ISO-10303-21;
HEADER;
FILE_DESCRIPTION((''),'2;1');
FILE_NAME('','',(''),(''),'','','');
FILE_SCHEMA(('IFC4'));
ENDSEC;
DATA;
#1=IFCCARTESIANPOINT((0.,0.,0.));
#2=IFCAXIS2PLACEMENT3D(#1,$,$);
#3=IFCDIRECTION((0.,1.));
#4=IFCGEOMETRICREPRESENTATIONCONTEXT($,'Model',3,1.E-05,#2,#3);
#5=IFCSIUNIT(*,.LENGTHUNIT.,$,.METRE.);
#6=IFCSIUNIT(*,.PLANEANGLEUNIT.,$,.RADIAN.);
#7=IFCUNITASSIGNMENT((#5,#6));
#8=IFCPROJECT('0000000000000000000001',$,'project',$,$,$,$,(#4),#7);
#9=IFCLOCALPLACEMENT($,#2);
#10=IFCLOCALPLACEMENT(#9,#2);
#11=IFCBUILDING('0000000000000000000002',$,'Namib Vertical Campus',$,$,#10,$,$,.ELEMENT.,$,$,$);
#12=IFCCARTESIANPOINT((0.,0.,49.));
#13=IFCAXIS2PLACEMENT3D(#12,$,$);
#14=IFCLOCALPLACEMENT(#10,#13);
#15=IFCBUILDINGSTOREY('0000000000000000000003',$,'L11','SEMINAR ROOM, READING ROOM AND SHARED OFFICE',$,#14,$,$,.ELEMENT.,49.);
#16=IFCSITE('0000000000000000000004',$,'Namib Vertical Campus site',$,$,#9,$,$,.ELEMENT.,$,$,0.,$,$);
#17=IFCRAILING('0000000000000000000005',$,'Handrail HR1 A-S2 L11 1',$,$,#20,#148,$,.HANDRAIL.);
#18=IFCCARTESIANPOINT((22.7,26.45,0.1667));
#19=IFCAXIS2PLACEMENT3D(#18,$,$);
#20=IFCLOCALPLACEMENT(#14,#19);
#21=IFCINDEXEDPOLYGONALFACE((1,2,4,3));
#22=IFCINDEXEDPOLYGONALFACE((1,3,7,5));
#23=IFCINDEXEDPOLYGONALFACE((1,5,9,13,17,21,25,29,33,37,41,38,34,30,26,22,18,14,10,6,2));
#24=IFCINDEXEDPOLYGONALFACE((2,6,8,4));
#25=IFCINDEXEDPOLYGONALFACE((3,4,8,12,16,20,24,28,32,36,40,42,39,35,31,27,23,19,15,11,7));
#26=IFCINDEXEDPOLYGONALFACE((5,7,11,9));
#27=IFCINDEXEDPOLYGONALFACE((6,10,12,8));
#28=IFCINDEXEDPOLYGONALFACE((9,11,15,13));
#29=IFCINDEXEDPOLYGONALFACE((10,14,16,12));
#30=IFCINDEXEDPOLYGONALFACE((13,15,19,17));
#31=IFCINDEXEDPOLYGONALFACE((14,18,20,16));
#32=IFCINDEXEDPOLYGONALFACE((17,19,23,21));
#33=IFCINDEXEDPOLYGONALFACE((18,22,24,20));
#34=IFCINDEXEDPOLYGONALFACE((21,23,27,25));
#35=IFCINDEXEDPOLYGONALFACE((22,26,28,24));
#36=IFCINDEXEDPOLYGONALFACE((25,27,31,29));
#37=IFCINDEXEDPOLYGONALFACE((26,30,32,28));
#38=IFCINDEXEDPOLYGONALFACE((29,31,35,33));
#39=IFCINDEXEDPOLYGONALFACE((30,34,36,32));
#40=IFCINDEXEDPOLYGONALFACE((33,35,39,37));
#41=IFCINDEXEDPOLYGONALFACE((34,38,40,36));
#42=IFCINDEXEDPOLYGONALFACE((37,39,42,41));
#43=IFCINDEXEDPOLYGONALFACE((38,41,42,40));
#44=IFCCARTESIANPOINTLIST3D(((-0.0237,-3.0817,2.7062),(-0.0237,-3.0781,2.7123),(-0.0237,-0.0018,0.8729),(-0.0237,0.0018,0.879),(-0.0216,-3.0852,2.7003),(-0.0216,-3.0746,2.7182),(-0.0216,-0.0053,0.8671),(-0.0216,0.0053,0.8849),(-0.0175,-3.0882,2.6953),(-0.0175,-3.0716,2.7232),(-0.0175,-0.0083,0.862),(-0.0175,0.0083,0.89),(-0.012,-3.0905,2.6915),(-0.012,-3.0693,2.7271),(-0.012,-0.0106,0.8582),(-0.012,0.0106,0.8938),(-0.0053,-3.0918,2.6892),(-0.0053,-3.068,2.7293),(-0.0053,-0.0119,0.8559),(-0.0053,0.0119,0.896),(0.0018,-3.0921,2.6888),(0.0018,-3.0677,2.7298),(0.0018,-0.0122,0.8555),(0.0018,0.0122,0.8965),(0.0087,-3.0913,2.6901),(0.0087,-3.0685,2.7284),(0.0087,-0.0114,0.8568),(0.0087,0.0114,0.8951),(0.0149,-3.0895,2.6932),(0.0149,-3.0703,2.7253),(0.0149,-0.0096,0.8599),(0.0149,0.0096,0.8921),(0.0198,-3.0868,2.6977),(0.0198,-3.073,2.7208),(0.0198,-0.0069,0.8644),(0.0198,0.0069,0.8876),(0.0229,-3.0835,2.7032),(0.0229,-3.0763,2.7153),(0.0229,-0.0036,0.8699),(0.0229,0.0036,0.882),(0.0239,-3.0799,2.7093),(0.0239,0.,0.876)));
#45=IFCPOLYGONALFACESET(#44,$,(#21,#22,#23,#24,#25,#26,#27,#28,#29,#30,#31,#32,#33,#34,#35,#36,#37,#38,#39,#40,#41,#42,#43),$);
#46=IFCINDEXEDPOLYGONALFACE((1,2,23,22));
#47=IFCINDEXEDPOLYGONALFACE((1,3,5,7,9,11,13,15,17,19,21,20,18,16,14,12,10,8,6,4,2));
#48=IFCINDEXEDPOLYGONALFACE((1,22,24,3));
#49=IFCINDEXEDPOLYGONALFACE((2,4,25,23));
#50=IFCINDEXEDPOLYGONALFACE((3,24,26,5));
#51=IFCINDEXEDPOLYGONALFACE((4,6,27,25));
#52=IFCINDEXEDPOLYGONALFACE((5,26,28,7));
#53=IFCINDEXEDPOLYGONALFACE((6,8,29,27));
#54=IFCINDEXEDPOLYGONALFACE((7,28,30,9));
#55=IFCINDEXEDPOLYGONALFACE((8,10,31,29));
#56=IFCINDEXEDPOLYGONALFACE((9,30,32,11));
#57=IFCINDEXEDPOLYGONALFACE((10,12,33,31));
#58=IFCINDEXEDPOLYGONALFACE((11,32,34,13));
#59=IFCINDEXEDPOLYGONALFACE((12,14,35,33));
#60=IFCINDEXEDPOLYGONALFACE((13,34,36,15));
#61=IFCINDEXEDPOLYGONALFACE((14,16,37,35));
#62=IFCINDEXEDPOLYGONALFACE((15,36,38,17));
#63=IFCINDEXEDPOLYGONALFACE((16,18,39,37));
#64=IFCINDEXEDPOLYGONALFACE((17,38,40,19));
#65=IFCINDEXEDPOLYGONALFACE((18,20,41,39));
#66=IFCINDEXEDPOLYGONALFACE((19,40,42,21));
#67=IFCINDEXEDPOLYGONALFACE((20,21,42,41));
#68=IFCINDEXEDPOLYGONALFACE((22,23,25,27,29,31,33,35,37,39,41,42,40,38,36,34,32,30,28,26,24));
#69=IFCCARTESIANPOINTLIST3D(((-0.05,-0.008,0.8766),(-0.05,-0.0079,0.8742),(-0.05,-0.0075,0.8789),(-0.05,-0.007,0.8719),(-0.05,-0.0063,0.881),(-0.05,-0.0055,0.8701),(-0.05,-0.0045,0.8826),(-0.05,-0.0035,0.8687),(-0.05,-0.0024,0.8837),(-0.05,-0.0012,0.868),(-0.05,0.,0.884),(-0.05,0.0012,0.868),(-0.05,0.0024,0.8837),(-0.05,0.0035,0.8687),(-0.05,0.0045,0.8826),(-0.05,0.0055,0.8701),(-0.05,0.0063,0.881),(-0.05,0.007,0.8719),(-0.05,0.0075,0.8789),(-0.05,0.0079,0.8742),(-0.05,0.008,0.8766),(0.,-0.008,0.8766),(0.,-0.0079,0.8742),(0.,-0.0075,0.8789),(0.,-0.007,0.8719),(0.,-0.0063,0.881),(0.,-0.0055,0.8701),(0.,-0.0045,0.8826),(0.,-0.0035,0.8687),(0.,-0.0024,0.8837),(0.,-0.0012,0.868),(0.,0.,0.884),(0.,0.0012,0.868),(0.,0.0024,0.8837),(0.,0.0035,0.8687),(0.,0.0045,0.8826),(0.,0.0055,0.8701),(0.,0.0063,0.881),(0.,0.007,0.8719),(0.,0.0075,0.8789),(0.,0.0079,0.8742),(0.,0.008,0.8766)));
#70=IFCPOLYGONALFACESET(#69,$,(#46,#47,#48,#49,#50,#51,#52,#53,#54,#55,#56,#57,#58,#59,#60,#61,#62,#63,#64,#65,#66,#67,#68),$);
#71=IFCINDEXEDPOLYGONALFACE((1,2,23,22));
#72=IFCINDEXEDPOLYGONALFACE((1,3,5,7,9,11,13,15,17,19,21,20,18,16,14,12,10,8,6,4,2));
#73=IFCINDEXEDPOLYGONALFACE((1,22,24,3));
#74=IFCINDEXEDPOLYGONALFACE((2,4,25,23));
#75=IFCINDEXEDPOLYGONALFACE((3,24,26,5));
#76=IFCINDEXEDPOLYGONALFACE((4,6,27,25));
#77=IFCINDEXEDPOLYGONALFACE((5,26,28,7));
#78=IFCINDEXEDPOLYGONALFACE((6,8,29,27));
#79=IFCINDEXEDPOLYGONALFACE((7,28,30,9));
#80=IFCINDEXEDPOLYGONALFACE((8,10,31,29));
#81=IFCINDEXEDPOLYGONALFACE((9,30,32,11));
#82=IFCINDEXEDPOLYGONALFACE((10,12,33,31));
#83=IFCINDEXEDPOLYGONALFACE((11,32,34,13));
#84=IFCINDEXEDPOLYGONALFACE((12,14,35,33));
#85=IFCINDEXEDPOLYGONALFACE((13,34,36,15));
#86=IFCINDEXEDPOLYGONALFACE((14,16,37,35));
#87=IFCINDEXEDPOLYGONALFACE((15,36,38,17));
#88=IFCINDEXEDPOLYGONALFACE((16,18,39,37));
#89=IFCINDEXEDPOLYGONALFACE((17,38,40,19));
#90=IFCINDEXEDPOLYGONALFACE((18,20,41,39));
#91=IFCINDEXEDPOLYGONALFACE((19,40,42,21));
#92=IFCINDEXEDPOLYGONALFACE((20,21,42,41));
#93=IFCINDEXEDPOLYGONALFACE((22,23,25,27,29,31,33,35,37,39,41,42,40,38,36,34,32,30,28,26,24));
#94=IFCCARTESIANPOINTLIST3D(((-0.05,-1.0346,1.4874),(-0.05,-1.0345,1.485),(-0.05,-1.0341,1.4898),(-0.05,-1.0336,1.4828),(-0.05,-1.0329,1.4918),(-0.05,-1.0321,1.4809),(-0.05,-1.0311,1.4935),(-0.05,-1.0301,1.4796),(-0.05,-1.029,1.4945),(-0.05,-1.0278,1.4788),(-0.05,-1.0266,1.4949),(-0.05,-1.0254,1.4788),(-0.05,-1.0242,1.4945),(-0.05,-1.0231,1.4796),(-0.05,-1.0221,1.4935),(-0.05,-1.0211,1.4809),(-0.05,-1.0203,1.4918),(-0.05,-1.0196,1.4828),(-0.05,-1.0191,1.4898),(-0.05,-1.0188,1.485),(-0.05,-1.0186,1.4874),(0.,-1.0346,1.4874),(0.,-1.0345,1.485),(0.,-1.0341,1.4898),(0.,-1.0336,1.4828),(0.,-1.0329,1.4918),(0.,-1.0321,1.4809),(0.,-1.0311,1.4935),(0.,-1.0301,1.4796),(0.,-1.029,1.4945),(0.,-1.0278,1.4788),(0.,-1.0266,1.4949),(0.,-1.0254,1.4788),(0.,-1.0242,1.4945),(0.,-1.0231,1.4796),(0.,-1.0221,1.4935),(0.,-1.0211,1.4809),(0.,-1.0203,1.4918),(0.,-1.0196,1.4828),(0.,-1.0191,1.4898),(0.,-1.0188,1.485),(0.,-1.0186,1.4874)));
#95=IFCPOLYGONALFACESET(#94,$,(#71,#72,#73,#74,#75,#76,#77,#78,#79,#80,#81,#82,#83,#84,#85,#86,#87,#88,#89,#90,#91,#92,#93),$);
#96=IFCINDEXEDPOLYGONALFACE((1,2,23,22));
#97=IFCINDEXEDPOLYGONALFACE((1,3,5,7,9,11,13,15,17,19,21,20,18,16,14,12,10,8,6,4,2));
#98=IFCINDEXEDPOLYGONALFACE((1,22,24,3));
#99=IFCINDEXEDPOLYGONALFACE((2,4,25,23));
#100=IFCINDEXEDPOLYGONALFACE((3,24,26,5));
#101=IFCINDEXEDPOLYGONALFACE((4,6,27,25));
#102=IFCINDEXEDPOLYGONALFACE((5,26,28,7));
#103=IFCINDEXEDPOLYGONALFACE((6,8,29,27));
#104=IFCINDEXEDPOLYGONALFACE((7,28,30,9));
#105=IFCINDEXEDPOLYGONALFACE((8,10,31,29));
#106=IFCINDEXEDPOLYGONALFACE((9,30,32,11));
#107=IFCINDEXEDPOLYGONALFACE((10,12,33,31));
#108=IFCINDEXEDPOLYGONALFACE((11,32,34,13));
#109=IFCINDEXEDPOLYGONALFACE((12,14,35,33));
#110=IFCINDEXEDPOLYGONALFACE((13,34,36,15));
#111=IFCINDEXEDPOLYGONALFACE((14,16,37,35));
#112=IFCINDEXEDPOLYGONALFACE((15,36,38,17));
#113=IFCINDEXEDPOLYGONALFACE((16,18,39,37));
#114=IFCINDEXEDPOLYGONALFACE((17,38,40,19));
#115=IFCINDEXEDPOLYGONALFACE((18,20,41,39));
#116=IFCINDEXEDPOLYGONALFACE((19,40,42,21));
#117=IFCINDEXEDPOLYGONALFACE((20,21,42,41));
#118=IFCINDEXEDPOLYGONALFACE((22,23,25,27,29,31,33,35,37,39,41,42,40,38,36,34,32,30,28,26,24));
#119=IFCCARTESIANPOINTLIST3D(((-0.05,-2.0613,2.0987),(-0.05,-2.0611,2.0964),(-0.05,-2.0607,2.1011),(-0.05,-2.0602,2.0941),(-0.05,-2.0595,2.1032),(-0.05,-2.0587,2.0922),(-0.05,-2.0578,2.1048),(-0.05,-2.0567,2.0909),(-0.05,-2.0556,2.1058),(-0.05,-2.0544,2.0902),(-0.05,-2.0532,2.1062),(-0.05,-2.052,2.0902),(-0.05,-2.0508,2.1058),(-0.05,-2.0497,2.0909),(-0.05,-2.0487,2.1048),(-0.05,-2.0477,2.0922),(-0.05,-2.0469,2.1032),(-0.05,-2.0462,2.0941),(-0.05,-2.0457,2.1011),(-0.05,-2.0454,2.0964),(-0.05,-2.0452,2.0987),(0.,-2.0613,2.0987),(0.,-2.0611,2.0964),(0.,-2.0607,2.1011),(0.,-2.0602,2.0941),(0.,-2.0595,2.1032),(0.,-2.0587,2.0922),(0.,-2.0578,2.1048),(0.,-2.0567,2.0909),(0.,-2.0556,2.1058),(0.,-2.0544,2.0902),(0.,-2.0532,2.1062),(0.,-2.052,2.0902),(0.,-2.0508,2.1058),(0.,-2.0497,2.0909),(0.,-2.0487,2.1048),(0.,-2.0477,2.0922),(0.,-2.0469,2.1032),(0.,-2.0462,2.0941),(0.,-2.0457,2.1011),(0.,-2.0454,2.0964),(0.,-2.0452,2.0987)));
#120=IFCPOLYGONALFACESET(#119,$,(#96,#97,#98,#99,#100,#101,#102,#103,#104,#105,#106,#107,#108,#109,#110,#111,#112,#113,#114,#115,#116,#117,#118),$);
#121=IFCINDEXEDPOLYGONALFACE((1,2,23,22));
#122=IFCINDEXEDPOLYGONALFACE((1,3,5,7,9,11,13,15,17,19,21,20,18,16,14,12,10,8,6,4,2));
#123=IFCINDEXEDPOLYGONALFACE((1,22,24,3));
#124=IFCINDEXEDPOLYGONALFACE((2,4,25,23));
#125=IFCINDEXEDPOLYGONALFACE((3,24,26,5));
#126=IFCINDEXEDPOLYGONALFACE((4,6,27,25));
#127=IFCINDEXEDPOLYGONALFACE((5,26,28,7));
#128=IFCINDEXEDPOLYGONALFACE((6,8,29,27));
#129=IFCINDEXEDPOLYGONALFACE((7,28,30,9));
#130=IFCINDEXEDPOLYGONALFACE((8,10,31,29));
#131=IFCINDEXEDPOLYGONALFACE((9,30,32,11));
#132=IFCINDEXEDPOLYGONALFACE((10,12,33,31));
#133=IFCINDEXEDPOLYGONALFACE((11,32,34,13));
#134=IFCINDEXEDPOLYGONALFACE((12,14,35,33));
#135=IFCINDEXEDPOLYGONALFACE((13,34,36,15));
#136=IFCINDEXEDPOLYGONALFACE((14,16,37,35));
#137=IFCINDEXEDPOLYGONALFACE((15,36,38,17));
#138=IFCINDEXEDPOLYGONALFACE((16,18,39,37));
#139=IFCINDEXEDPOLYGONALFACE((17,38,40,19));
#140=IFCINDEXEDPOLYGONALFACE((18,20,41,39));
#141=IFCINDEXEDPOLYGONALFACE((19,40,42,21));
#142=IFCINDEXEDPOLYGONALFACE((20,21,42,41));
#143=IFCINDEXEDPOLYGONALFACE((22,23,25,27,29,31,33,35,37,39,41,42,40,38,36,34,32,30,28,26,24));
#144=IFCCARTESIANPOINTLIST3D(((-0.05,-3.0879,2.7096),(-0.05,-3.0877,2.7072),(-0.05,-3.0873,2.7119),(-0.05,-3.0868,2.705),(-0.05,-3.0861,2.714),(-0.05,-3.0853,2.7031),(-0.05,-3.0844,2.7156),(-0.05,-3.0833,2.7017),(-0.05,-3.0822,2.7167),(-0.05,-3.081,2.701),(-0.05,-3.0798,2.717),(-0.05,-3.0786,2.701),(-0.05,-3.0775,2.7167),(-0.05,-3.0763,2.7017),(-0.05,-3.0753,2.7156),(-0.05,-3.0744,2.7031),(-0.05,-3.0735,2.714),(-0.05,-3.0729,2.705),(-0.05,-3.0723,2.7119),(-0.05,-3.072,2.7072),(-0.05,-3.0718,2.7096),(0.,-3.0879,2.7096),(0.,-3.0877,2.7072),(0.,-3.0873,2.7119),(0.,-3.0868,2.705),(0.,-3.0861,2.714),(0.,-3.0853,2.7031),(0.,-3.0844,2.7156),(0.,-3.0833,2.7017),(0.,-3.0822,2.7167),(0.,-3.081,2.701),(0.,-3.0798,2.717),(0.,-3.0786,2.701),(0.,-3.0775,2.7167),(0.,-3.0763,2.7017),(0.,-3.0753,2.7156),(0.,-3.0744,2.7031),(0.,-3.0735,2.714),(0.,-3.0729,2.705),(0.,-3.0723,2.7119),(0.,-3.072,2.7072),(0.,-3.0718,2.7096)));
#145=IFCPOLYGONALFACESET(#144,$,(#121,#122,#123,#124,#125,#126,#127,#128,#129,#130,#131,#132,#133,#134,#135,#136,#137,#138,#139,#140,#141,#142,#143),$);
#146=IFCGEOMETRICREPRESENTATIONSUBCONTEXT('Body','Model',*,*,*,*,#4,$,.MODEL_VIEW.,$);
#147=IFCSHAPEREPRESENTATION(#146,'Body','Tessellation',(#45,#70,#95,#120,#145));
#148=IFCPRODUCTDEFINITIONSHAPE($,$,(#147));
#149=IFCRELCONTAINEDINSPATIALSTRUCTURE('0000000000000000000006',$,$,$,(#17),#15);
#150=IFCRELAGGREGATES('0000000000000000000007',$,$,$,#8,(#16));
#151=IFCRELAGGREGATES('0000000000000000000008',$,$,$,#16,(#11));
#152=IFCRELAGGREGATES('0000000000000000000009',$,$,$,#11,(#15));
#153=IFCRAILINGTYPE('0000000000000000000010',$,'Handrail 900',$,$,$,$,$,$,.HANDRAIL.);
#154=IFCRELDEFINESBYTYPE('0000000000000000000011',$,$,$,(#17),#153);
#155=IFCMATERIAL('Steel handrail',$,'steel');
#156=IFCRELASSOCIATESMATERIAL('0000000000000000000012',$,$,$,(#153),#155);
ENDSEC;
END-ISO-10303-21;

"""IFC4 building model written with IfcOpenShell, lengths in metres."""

from ifc_helpers import new_model, si_unit, direction, frame, origin, origin_2d, place, context, subcontext, project, spatial, circle, extrude, material, type_object, element, save


model = new_model("IFC4")

# Units and contexts
model_context = context("Model", 3, precision=1e-05, world=origin(), true_north=direction((0.0, 1.0)))
body_context = subcontext(model_context, "Body", "Model", "MODEL_VIEW")
ifc_project = project(units=[si_unit("LENGTHUNIT", "METRE"), si_unit("PLANEANGLEUNIT", "RADIAN")], contexts=[model_context])

# Site, building, storey
site_placement = place(None, origin())
site = spatial("IfcSite", under=ifc_project, at=site_placement, Name="Namib Vertical Campus site", CompositionType="ELEMENT", RefElevation=0.0)
building_placement = place(site_placement, origin())
building = spatial("IfcBuilding", under=site, at=building_placement, Name="Namib Vertical Campus", CompositionType="ELEMENT")
storey_placement = place(building_placement, frame((0.0, 0.0, 49.0)))
storey = spatial("IfcBuildingStorey", under=building, at=storey_placement, Name="L11", Description="SEMINAR ROOM, READING ROOM AND SHARED OFFICE", CompositionType="ELEMENT", Elevation=49.0)

# Railing
ifc_material_1 = material(Name="Steel handrail", Category="steel")
railing_type_1 = type_object("IfcRailingType", Name="Handrail 900", PredefinedType="HANDRAIL", material=ifc_material_1)
railing_1_placement = place(storey_placement, frame((22.7, 26.45, 0.1667)))
element("IfcRailing", 1, at=railing_1_placement, inside=storey, type_object=railing_type_1, Name="Handrail HR1 A-S2 L11 1", PredefinedType="HANDRAIL", context=body_context, shape_type="SweptSolid", body=[
    extrude(circle(Radius=0.0239, at=origin_2d()), frame((0.0, 0.0, 0.876), z_axis=(0.0, -0.859291, 0.511487), x_axis=(1.0, 0.0, 0.0)), (0.0, 0.0, 1.0), 3.5842),
    extrude(circle(Radius=0.0081, at=origin_2d()), frame((0.0, 0.0, 0.876), z_axis=(-1.0, 0.0, 0.0), x_axis=(0.0, 0.0, 1.0)), (0.0, 0.0, 1.0), 0.05),
    extrude(circle(Radius=0.0081, at=origin_2d()), frame((0.0, -1.0266, 1.4868), z_axis=(-1.0, 0.0, 0.0), x_axis=(0.0, 0.0, 1.0)), (0.0, 0.0, 1.0), 0.05),
    extrude(circle(Radius=0.0081, at=origin_2d()), frame((0.0, -2.0532, 2.0981), z_axis=(-1.0, 0.0, 0.0), x_axis=(0.0, 0.0, 1.0)), (0.0, 0.0, 1.0), 0.05),
    extrude(circle(Radius=0.0081, at=origin_2d()), frame((0.0, -3.0798, 2.709), z_axis=(-1.0, 0.0, 0.0), x_axis=(0.0, 0.0, 1.0)), (0.0, 0.0, 1.0), 0.05),
])

save(model, "model.ifc")
